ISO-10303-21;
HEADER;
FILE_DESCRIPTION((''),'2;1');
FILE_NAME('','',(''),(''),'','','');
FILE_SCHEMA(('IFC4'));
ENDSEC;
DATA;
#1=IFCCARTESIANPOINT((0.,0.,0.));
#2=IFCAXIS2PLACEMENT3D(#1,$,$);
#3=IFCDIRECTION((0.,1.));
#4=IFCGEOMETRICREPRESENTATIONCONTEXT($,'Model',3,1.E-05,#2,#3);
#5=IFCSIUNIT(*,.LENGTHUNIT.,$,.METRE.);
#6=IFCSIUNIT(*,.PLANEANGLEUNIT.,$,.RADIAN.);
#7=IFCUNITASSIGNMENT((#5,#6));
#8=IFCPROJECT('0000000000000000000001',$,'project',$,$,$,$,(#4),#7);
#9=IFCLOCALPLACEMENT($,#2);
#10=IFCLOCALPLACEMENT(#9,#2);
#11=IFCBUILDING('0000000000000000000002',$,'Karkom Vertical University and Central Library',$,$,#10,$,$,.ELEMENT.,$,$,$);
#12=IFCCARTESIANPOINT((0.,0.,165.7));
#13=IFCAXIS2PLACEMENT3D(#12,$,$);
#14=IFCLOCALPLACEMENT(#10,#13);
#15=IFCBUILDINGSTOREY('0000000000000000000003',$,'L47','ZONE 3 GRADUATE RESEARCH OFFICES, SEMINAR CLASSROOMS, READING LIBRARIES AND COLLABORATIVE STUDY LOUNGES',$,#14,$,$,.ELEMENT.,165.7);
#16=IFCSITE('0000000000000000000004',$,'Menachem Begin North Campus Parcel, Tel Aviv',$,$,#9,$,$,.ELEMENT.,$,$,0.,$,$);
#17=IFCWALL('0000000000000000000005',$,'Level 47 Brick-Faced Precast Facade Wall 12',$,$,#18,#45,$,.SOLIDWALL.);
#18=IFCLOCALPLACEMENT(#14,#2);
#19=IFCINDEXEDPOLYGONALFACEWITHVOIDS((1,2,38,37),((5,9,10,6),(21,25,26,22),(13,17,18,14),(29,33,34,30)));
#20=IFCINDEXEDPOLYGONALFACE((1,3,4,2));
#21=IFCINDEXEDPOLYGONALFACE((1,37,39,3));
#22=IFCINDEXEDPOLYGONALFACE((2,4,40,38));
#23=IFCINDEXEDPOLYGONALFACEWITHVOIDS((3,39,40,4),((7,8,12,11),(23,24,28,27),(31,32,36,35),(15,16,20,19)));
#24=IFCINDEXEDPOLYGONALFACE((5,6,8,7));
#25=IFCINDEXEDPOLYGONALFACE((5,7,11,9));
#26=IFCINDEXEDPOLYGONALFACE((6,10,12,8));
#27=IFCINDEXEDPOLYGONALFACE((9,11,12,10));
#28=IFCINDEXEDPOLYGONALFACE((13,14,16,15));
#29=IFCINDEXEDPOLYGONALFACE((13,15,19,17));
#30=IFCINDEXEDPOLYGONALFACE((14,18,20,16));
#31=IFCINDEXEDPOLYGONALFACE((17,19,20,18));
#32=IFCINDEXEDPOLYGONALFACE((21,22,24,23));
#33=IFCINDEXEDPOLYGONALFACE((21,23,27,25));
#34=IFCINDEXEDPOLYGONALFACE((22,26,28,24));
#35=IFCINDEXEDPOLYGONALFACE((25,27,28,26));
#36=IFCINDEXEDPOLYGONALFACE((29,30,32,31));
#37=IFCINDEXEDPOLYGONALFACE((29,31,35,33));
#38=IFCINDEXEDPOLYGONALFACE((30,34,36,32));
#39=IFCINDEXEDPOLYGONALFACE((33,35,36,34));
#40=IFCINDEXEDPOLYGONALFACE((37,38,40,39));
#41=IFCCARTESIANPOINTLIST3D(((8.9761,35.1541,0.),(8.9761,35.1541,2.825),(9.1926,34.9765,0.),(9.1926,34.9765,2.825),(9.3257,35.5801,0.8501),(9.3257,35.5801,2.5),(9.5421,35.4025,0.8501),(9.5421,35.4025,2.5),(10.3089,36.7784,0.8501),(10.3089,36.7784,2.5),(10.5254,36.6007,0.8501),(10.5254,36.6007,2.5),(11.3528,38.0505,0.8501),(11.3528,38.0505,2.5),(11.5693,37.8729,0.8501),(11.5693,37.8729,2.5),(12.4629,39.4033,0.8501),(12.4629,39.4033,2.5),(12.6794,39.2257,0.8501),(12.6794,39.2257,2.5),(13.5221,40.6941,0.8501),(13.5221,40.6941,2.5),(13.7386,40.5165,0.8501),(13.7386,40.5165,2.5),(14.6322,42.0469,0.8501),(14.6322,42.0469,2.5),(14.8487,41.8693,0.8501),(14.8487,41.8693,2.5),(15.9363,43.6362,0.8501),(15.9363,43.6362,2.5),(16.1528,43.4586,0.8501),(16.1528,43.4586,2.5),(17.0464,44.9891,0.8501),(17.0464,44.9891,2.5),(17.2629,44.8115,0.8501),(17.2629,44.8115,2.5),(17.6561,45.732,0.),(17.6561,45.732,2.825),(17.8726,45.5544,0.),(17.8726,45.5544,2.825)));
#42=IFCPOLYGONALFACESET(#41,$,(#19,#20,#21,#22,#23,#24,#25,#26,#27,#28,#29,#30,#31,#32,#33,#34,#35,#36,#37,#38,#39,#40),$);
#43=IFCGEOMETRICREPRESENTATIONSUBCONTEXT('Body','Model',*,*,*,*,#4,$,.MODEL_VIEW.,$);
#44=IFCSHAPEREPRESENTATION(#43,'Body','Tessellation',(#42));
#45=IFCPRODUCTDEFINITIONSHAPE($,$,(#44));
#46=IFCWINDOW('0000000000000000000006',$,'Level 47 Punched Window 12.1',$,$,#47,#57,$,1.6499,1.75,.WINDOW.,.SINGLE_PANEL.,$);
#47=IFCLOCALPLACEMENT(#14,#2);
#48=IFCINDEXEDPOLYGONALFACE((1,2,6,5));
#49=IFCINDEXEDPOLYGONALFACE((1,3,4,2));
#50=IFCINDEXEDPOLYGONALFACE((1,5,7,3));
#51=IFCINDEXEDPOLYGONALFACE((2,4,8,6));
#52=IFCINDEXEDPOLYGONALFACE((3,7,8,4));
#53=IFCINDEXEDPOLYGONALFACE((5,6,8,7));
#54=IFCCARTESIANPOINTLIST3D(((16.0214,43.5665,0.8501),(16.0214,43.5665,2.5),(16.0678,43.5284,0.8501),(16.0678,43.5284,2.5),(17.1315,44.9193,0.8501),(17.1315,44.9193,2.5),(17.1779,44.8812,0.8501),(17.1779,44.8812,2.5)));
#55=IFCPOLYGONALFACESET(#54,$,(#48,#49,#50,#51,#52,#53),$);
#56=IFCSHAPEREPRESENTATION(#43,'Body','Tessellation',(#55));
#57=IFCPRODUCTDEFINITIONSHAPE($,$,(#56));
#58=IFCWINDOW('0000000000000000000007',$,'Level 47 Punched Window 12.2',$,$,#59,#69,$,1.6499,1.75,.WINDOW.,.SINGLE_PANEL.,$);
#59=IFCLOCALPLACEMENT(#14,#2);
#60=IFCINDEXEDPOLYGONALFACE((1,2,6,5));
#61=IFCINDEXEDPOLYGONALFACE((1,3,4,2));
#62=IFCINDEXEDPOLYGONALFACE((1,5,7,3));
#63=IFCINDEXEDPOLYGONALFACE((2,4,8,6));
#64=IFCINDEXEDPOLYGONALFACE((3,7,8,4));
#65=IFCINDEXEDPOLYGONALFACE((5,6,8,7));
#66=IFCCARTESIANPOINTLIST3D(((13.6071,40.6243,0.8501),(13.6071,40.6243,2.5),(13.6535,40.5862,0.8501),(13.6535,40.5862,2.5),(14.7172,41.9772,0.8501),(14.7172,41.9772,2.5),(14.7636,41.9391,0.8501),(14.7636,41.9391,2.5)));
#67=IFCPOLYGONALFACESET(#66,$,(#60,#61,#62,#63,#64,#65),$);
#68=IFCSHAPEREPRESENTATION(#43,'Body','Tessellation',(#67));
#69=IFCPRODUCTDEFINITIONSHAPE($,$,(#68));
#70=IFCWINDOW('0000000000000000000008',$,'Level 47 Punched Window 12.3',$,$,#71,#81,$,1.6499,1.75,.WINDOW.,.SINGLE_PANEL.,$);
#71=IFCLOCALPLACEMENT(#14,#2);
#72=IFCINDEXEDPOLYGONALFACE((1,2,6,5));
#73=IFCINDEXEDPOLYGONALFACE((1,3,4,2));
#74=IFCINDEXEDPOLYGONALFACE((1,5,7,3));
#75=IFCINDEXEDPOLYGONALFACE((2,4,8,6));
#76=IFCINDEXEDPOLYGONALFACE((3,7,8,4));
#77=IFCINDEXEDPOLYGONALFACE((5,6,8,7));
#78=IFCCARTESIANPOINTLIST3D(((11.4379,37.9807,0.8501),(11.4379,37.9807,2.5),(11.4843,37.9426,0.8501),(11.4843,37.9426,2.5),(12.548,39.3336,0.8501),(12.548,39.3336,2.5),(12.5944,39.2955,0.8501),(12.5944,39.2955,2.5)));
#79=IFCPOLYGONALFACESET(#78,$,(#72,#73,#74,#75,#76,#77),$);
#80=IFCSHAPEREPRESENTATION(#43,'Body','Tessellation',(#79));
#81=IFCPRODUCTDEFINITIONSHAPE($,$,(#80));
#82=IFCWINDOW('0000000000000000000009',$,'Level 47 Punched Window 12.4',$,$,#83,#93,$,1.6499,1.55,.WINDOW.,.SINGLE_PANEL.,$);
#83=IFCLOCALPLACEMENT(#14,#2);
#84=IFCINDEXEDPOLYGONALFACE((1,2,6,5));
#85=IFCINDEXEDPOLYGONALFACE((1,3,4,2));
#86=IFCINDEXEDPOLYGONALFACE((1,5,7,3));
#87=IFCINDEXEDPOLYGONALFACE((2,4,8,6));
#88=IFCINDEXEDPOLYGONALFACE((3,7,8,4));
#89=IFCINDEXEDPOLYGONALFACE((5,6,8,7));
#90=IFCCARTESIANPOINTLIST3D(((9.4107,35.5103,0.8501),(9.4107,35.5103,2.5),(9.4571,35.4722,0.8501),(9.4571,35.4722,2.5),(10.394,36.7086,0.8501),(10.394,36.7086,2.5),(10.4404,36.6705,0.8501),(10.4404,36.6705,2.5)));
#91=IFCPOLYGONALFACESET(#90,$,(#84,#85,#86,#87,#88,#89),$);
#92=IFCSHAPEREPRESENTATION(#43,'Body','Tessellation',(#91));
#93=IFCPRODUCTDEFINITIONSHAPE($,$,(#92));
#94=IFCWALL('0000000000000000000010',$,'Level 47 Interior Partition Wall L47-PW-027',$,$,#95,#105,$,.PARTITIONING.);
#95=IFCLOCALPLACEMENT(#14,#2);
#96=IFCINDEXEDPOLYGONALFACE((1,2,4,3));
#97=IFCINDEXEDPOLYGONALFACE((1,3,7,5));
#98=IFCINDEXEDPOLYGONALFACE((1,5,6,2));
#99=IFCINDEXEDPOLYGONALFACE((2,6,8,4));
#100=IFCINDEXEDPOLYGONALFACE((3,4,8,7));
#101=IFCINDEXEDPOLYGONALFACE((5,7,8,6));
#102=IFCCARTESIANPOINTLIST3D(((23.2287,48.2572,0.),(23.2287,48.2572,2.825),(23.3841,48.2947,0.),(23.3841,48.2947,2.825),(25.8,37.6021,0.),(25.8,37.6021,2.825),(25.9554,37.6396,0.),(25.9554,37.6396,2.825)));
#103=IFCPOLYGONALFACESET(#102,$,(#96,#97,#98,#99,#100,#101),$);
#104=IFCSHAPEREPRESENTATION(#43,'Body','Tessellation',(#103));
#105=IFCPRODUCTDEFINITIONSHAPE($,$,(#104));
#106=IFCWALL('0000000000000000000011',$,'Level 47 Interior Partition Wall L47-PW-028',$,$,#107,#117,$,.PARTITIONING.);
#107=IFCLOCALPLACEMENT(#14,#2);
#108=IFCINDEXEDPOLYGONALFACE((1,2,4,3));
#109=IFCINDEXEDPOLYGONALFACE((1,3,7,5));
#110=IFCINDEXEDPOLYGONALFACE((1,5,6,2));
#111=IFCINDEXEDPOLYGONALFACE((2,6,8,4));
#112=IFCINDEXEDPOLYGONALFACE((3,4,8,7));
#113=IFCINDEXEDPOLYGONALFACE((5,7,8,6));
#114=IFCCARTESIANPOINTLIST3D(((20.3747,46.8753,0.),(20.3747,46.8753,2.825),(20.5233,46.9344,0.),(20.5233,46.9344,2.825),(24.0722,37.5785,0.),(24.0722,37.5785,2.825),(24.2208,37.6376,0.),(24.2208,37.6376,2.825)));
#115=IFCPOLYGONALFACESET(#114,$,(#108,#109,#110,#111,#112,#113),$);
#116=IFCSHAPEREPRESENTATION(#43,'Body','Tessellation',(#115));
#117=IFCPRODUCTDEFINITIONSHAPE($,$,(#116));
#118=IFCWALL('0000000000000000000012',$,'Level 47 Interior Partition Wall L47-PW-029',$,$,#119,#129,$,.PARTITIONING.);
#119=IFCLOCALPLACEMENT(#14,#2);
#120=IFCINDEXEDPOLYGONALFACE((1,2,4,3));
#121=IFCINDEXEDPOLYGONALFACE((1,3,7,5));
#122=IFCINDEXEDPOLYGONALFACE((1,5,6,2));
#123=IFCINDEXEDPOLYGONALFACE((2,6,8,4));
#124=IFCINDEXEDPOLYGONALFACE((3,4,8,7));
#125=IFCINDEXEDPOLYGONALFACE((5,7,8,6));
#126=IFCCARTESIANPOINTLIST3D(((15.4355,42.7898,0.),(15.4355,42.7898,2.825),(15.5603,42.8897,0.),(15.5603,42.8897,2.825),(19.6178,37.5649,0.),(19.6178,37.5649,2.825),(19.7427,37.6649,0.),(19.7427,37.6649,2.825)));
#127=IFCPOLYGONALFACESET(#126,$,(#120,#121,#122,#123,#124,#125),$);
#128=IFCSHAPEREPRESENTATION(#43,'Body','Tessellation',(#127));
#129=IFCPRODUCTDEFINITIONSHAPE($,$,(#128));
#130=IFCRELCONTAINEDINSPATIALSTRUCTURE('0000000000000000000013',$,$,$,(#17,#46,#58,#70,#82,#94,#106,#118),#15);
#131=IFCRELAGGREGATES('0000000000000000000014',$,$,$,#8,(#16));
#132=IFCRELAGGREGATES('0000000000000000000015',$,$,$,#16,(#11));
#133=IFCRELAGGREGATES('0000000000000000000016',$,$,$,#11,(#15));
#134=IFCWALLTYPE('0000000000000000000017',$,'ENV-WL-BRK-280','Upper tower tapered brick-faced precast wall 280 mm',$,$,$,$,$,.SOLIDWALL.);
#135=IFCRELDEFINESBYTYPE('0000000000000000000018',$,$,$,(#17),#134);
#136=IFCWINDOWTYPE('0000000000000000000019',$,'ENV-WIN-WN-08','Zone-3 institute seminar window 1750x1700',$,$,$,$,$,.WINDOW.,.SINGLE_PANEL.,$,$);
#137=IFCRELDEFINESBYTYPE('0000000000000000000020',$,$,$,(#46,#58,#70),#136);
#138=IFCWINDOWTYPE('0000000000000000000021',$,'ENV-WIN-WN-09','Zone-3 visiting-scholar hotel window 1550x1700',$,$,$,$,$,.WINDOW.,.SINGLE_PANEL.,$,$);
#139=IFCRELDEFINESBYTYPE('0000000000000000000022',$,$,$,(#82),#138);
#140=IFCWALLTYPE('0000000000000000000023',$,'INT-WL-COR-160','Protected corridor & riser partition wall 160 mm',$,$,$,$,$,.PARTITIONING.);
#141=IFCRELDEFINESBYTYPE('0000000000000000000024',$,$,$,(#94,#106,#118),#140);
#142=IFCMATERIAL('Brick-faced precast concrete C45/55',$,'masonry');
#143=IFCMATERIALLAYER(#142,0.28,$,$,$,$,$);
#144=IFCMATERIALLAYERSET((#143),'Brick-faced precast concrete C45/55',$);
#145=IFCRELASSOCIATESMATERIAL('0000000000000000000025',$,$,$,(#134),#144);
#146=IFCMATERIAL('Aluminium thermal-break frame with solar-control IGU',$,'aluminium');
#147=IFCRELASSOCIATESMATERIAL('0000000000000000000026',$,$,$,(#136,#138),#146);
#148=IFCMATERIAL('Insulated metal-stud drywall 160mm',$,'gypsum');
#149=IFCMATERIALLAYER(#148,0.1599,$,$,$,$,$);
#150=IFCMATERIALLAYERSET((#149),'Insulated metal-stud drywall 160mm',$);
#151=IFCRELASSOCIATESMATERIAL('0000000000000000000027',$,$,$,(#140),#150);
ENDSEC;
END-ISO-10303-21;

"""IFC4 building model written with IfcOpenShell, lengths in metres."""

from ifc_helpers import new_model, si_unit, direction, frame, frame_2d, origin, origin_with_axes, place, context, subcontext, project, spatial, rectangle, extrude, source, transform, mapped, material, layer, layer_set, type_object, element, fill, save


model = new_model("IFC4")

# Units and contexts
model_context = context("Model", 3, precision=1e-05, world=origin(), true_north=direction((0.0, 1.0)))
body_context = subcontext(model_context, "Body", "Model", "MODEL_VIEW")
ifc_project = project(units=[si_unit("LENGTHUNIT", "METRE"), si_unit("PLANEANGLEUNIT", "RADIAN")], contexts=[model_context])

# Site, building, storey
site_placement = place(None, origin())
site = spatial("IfcSite", under=ifc_project, at=site_placement, Name="Menachem Begin North Campus Parcel, Tel Aviv", CompositionType="ELEMENT", RefElevation=0.0)
building_placement = place(site_placement, origin())
building = spatial("IfcBuilding", under=site, at=building_placement, Name="Karkom Vertical University and Central Library", CompositionType="ELEMENT")
storey_placement = place(building_placement, frame((0.0, 0.0, 165.7)))
storey = spatial("IfcBuildingStorey", under=building, at=storey_placement, Name="L47", Description="ZONE 3 GRADUATE RESEARCH OFFICES, SEMINAR CLASSROOMS, READING LIBRARIES AND COLLABORATIVE STUDY LOUNGES", CompositionType="ELEMENT", Elevation=165.7)

# Wall, openings, windows
ifc_material_1 = material(Name="Brick-faced precast concrete C45/55", Category="masonry")
ifc_layer_1 = layer(ifc_material_1, 0.28)
ifc_layer_set_1 = layer_set([ifc_layer_1], Name="Brick-faced precast concrete C45/55")
wall_type_1 = type_object("IfcWallType", Name="ENV-WL-BRK-280", Description="Upper tower tapered brick-faced precast wall 280 mm", PredefinedType="SOLIDWALL", material=ifc_layer_set_1)
ifc_material_2 = material(Name="Aluminium thermal-break frame with solar-control IGU", Category="aluminium")
window_type_1 = type_object("IfcWindowType", Name="ENV-WIN-WN-08", Description="Zone-3 institute seminar window 1750x1700", PartitioningType="SINGLE_PANEL", PredefinedType="WINDOW", material=ifc_material_2)
shared_shape_1 = source(origin_with_axes(), body_context, "Body", "SweptSolid", [
    extrude(rectangle(XDim=1.75, YDim=1.6499, at=frame_2d((0.875, 0.825))), frame((0.0, 0.03, 0.0), z_axis=(0.0, -1.0, 0.0), x_axis=(1.0, 0.0, 0.0)), (0.0, 0.0, 1.0), 0.0601),
])
wall_1_placement = place(storey_placement, frame((17.7644, 45.6433, 0.0), z_axis=(0.0, 0.0, 1.0), x_axis=(-0.634345, -0.77305, 0.0)))
wall_1 = element("IfcWall", 1, at=wall_1_placement, inside=storey, type_object=wall_type_1, Name="Level 47 Brick-Faced Precast Facade Wall 12", PredefinedType="SOLIDWALL", context=body_context, shape_type="SweptSolid", body=[
    extrude(rectangle(XDim=13.6833, YDim=0.28, at=frame_2d((6.8418, 0.0))), origin(), (0.0, 0.0, 1.0), 2.825),
])
opening_1_placement = place(wall_1_placement, frame((0.9612, 0.0, 0.8501)))
opening_1 = element("IfcOpeningElement", 2, at=opening_1_placement, cuts=wall_1, PredefinedType="OPENING", context=body_context, shape_type="SweptSolid", body=[
    extrude(rectangle(XDim=1.75, YDim=1.6499, at=frame_2d((0.875, 0.825))), frame((0.0, 0.1499, 0.0), z_axis=(0.0, -1.0, 0.0), x_axis=(1.0, 0.0, 0.0)), (0.0, 0.0, 1.0), 0.3),
])
opening_2_placement = place(wall_1_placement, frame((4.7671, 0.0, 0.8501)))
opening_2 = element("IfcOpeningElement", 3, at=opening_2_placement, cuts=wall_1, PredefinedType="OPENING", context=body_context, shape_type="SweptSolid", body=[
    extrude(rectangle(XDim=1.75, YDim=1.6499, at=frame_2d((0.875, 0.825))), frame((0.0, 0.1499, 0.0), z_axis=(0.0, -1.0, 0.0), x_axis=(1.0, 0.0, 0.0)), (0.0, 0.0, 1.0), 0.3),
])
opening_3_placement = place(wall_1_placement, frame((8.1868, 0.0, 0.8501)))
opening_3 = element("IfcOpeningElement", 4, at=opening_3_placement, cuts=wall_1, PredefinedType="OPENING", context=body_context, shape_type="SweptSolid", body=[
    extrude(rectangle(XDim=1.75, YDim=1.6499, at=frame_2d((0.875, 0.825))), frame((0.0, 0.1499, 0.0), z_axis=(0.0, -1.0, 0.0), x_axis=(1.0, 0.0, 0.0)), (0.0, 0.0, 1.0), 0.3),
])
opening_4_placement = place(wall_1_placement, frame((11.5825, 0.0, 0.8501)))
opening_4 = element("IfcOpeningElement", 5, at=opening_4_placement, cuts=wall_1, PredefinedType="OPENING", context=body_context, shape_type="SweptSolid", body=[
    extrude(rectangle(XDim=1.55, YDim=1.6499, at=frame_2d((0.7749, 0.825))), frame((0.0, 0.1499, 0.0), z_axis=(0.0, -1.0, 0.0), x_axis=(1.0, 0.0, 0.0)), (0.0, 0.0, 1.0), 0.3),
])
window_1_placement = place(opening_1_placement, origin())
window_1 = element("IfcWindow", 6, at=window_1_placement, inside=storey, type_object=window_type_1, Name="Level 47 Punched Window 12.1", OverallHeight=1.6499, OverallWidth=1.75, PartitioningType="SINGLE_PANEL", PredefinedType="WINDOW", context=body_context, shape_type="MappedRepresentation", body=[
    mapped(shared_shape_1, transform((0.0, 0.0, 0.0), scale=1.0)),
])
fill(opening_1, window_1)
window_2_placement = place(opening_2_placement, origin())
window_2 = element("IfcWindow", 7, at=window_2_placement, inside=storey, type_object=window_type_1, Name="Level 47 Punched Window 12.2", OverallHeight=1.6499, OverallWidth=1.75, PartitioningType="SINGLE_PANEL", PredefinedType="WINDOW", context=body_context, shape_type="MappedRepresentation", body=[
    mapped(shared_shape_1, transform((0.0, 0.0, 0.0), scale=1.0)),
])
fill(opening_2, window_2)
window_3_placement = place(opening_3_placement, origin())
window_3 = element("IfcWindow", 8, at=window_3_placement, inside=storey, type_object=window_type_1, Name="Level 47 Punched Window 12.3", OverallHeight=1.6499, OverallWidth=1.75, PartitioningType="SINGLE_PANEL", PredefinedType="WINDOW", context=body_context, shape_type="MappedRepresentation", body=[
    mapped(shared_shape_1, transform((0.0, 0.0, 0.0), scale=1.0)),
])
fill(opening_3, window_3)
window_type_2 = type_object("IfcWindowType", Name="ENV-WIN-WN-09", Description="Zone-3 visiting-scholar hotel window 1550x1700", PartitioningType="SINGLE_PANEL", PredefinedType="WINDOW", material=ifc_material_2)
shared_shape_2 = source(origin_with_axes(), body_context, "Body", "SweptSolid", [
    extrude(rectangle(XDim=1.55, YDim=1.6499, at=frame_2d((0.7749, 0.825))), frame((0.0, 0.03, 0.0), z_axis=(0.0, -1.0, 0.0), x_axis=(1.0, 0.0, 0.0)), (0.0, 0.0, 1.0), 0.0601),
])
window_4_placement = place(opening_4_placement, origin())
window_4 = element("IfcWindow", 9, at=window_4_placement, inside=storey, type_object=window_type_2, Name="Level 47 Punched Window 12.4", OverallHeight=1.6499, OverallWidth=1.55, PartitioningType="SINGLE_PANEL", PredefinedType="WINDOW", context=body_context, shape_type="MappedRepresentation", body=[
    mapped(shared_shape_2, transform((0.0, 0.0, 0.0), scale=1.0)),
])
fill(opening_4, window_4)

# Walls
ifc_material_3 = material(Name="Insulated metal-stud drywall 160mm", Category="gypsum")
ifc_layer_2 = layer(ifc_material_3, 0.1599)
ifc_layer_set_2 = layer_set([ifc_layer_2], Name="Insulated metal-stud drywall 160mm")
wall_type_2 = type_object("IfcWallType", Name="INT-WL-COR-160", Description="Protected corridor & riser partition wall 160 mm", PredefinedType="PARTITIONING", material=ifc_layer_set_2)
wall_2_placement = place(storey_placement, frame((25.8777, 37.6208, 0.0), z_axis=(0.0, 0.0, 1.0), x_axis=(-0.234588, 0.972095, 0.0)))
element("IfcWall", 10, at=wall_2_placement, inside=storey, type_object=wall_type_2, Name="Level 47 Interior Partition Wall L47-PW-027", PredefinedType="PARTITIONING", context=body_context, shape_type="SweptSolid", body=[
    extrude(rectangle(XDim=10.9609, YDim=0.1599, at=frame_2d((5.4805, 0.0))), origin(), (0.0, 0.0, 1.0), 2.825),
])
wall_3_placement = place(storey_placement, frame((24.1465, 37.6082, 0.0), z_axis=(0.0, 0.0, 1.0), x_axis=(-0.36956, 0.929207, 0.0)))
element("IfcWall", 11, at=wall_3_placement, inside=storey, type_object=wall_type_2, Name="Level 47 Interior Partition Wall L47-PW-028", PredefinedType="PARTITIONING", context=body_context, shape_type="SweptSolid", body=[
    extrude(rectangle(XDim=10.0051, YDim=0.1599, at=frame_2d((5.0024, 0.0))), origin(), (0.0, 0.0, 1.0), 2.825),
])
wall_4_placement = place(storey_placement, frame((19.6802, 37.615, 0.0), z_axis=(0.0, 0.0, 1.0), x_axis=(-0.624922, 0.780687, 0.0)))
element("IfcWall", 12, at=wall_4_placement, inside=storey, type_object=wall_type_2, Name="Level 47 Interior Partition Wall L47-PW-029", PredefinedType="PARTITIONING", context=body_context, shape_type="SweptSolid", body=[
    extrude(rectangle(XDim=6.6926, YDim=0.1599, at=frame_2d((3.3462, 0.0))), origin(), (0.0, 0.0, 1.0), 2.825),
])

save(model, "model.ifc")
